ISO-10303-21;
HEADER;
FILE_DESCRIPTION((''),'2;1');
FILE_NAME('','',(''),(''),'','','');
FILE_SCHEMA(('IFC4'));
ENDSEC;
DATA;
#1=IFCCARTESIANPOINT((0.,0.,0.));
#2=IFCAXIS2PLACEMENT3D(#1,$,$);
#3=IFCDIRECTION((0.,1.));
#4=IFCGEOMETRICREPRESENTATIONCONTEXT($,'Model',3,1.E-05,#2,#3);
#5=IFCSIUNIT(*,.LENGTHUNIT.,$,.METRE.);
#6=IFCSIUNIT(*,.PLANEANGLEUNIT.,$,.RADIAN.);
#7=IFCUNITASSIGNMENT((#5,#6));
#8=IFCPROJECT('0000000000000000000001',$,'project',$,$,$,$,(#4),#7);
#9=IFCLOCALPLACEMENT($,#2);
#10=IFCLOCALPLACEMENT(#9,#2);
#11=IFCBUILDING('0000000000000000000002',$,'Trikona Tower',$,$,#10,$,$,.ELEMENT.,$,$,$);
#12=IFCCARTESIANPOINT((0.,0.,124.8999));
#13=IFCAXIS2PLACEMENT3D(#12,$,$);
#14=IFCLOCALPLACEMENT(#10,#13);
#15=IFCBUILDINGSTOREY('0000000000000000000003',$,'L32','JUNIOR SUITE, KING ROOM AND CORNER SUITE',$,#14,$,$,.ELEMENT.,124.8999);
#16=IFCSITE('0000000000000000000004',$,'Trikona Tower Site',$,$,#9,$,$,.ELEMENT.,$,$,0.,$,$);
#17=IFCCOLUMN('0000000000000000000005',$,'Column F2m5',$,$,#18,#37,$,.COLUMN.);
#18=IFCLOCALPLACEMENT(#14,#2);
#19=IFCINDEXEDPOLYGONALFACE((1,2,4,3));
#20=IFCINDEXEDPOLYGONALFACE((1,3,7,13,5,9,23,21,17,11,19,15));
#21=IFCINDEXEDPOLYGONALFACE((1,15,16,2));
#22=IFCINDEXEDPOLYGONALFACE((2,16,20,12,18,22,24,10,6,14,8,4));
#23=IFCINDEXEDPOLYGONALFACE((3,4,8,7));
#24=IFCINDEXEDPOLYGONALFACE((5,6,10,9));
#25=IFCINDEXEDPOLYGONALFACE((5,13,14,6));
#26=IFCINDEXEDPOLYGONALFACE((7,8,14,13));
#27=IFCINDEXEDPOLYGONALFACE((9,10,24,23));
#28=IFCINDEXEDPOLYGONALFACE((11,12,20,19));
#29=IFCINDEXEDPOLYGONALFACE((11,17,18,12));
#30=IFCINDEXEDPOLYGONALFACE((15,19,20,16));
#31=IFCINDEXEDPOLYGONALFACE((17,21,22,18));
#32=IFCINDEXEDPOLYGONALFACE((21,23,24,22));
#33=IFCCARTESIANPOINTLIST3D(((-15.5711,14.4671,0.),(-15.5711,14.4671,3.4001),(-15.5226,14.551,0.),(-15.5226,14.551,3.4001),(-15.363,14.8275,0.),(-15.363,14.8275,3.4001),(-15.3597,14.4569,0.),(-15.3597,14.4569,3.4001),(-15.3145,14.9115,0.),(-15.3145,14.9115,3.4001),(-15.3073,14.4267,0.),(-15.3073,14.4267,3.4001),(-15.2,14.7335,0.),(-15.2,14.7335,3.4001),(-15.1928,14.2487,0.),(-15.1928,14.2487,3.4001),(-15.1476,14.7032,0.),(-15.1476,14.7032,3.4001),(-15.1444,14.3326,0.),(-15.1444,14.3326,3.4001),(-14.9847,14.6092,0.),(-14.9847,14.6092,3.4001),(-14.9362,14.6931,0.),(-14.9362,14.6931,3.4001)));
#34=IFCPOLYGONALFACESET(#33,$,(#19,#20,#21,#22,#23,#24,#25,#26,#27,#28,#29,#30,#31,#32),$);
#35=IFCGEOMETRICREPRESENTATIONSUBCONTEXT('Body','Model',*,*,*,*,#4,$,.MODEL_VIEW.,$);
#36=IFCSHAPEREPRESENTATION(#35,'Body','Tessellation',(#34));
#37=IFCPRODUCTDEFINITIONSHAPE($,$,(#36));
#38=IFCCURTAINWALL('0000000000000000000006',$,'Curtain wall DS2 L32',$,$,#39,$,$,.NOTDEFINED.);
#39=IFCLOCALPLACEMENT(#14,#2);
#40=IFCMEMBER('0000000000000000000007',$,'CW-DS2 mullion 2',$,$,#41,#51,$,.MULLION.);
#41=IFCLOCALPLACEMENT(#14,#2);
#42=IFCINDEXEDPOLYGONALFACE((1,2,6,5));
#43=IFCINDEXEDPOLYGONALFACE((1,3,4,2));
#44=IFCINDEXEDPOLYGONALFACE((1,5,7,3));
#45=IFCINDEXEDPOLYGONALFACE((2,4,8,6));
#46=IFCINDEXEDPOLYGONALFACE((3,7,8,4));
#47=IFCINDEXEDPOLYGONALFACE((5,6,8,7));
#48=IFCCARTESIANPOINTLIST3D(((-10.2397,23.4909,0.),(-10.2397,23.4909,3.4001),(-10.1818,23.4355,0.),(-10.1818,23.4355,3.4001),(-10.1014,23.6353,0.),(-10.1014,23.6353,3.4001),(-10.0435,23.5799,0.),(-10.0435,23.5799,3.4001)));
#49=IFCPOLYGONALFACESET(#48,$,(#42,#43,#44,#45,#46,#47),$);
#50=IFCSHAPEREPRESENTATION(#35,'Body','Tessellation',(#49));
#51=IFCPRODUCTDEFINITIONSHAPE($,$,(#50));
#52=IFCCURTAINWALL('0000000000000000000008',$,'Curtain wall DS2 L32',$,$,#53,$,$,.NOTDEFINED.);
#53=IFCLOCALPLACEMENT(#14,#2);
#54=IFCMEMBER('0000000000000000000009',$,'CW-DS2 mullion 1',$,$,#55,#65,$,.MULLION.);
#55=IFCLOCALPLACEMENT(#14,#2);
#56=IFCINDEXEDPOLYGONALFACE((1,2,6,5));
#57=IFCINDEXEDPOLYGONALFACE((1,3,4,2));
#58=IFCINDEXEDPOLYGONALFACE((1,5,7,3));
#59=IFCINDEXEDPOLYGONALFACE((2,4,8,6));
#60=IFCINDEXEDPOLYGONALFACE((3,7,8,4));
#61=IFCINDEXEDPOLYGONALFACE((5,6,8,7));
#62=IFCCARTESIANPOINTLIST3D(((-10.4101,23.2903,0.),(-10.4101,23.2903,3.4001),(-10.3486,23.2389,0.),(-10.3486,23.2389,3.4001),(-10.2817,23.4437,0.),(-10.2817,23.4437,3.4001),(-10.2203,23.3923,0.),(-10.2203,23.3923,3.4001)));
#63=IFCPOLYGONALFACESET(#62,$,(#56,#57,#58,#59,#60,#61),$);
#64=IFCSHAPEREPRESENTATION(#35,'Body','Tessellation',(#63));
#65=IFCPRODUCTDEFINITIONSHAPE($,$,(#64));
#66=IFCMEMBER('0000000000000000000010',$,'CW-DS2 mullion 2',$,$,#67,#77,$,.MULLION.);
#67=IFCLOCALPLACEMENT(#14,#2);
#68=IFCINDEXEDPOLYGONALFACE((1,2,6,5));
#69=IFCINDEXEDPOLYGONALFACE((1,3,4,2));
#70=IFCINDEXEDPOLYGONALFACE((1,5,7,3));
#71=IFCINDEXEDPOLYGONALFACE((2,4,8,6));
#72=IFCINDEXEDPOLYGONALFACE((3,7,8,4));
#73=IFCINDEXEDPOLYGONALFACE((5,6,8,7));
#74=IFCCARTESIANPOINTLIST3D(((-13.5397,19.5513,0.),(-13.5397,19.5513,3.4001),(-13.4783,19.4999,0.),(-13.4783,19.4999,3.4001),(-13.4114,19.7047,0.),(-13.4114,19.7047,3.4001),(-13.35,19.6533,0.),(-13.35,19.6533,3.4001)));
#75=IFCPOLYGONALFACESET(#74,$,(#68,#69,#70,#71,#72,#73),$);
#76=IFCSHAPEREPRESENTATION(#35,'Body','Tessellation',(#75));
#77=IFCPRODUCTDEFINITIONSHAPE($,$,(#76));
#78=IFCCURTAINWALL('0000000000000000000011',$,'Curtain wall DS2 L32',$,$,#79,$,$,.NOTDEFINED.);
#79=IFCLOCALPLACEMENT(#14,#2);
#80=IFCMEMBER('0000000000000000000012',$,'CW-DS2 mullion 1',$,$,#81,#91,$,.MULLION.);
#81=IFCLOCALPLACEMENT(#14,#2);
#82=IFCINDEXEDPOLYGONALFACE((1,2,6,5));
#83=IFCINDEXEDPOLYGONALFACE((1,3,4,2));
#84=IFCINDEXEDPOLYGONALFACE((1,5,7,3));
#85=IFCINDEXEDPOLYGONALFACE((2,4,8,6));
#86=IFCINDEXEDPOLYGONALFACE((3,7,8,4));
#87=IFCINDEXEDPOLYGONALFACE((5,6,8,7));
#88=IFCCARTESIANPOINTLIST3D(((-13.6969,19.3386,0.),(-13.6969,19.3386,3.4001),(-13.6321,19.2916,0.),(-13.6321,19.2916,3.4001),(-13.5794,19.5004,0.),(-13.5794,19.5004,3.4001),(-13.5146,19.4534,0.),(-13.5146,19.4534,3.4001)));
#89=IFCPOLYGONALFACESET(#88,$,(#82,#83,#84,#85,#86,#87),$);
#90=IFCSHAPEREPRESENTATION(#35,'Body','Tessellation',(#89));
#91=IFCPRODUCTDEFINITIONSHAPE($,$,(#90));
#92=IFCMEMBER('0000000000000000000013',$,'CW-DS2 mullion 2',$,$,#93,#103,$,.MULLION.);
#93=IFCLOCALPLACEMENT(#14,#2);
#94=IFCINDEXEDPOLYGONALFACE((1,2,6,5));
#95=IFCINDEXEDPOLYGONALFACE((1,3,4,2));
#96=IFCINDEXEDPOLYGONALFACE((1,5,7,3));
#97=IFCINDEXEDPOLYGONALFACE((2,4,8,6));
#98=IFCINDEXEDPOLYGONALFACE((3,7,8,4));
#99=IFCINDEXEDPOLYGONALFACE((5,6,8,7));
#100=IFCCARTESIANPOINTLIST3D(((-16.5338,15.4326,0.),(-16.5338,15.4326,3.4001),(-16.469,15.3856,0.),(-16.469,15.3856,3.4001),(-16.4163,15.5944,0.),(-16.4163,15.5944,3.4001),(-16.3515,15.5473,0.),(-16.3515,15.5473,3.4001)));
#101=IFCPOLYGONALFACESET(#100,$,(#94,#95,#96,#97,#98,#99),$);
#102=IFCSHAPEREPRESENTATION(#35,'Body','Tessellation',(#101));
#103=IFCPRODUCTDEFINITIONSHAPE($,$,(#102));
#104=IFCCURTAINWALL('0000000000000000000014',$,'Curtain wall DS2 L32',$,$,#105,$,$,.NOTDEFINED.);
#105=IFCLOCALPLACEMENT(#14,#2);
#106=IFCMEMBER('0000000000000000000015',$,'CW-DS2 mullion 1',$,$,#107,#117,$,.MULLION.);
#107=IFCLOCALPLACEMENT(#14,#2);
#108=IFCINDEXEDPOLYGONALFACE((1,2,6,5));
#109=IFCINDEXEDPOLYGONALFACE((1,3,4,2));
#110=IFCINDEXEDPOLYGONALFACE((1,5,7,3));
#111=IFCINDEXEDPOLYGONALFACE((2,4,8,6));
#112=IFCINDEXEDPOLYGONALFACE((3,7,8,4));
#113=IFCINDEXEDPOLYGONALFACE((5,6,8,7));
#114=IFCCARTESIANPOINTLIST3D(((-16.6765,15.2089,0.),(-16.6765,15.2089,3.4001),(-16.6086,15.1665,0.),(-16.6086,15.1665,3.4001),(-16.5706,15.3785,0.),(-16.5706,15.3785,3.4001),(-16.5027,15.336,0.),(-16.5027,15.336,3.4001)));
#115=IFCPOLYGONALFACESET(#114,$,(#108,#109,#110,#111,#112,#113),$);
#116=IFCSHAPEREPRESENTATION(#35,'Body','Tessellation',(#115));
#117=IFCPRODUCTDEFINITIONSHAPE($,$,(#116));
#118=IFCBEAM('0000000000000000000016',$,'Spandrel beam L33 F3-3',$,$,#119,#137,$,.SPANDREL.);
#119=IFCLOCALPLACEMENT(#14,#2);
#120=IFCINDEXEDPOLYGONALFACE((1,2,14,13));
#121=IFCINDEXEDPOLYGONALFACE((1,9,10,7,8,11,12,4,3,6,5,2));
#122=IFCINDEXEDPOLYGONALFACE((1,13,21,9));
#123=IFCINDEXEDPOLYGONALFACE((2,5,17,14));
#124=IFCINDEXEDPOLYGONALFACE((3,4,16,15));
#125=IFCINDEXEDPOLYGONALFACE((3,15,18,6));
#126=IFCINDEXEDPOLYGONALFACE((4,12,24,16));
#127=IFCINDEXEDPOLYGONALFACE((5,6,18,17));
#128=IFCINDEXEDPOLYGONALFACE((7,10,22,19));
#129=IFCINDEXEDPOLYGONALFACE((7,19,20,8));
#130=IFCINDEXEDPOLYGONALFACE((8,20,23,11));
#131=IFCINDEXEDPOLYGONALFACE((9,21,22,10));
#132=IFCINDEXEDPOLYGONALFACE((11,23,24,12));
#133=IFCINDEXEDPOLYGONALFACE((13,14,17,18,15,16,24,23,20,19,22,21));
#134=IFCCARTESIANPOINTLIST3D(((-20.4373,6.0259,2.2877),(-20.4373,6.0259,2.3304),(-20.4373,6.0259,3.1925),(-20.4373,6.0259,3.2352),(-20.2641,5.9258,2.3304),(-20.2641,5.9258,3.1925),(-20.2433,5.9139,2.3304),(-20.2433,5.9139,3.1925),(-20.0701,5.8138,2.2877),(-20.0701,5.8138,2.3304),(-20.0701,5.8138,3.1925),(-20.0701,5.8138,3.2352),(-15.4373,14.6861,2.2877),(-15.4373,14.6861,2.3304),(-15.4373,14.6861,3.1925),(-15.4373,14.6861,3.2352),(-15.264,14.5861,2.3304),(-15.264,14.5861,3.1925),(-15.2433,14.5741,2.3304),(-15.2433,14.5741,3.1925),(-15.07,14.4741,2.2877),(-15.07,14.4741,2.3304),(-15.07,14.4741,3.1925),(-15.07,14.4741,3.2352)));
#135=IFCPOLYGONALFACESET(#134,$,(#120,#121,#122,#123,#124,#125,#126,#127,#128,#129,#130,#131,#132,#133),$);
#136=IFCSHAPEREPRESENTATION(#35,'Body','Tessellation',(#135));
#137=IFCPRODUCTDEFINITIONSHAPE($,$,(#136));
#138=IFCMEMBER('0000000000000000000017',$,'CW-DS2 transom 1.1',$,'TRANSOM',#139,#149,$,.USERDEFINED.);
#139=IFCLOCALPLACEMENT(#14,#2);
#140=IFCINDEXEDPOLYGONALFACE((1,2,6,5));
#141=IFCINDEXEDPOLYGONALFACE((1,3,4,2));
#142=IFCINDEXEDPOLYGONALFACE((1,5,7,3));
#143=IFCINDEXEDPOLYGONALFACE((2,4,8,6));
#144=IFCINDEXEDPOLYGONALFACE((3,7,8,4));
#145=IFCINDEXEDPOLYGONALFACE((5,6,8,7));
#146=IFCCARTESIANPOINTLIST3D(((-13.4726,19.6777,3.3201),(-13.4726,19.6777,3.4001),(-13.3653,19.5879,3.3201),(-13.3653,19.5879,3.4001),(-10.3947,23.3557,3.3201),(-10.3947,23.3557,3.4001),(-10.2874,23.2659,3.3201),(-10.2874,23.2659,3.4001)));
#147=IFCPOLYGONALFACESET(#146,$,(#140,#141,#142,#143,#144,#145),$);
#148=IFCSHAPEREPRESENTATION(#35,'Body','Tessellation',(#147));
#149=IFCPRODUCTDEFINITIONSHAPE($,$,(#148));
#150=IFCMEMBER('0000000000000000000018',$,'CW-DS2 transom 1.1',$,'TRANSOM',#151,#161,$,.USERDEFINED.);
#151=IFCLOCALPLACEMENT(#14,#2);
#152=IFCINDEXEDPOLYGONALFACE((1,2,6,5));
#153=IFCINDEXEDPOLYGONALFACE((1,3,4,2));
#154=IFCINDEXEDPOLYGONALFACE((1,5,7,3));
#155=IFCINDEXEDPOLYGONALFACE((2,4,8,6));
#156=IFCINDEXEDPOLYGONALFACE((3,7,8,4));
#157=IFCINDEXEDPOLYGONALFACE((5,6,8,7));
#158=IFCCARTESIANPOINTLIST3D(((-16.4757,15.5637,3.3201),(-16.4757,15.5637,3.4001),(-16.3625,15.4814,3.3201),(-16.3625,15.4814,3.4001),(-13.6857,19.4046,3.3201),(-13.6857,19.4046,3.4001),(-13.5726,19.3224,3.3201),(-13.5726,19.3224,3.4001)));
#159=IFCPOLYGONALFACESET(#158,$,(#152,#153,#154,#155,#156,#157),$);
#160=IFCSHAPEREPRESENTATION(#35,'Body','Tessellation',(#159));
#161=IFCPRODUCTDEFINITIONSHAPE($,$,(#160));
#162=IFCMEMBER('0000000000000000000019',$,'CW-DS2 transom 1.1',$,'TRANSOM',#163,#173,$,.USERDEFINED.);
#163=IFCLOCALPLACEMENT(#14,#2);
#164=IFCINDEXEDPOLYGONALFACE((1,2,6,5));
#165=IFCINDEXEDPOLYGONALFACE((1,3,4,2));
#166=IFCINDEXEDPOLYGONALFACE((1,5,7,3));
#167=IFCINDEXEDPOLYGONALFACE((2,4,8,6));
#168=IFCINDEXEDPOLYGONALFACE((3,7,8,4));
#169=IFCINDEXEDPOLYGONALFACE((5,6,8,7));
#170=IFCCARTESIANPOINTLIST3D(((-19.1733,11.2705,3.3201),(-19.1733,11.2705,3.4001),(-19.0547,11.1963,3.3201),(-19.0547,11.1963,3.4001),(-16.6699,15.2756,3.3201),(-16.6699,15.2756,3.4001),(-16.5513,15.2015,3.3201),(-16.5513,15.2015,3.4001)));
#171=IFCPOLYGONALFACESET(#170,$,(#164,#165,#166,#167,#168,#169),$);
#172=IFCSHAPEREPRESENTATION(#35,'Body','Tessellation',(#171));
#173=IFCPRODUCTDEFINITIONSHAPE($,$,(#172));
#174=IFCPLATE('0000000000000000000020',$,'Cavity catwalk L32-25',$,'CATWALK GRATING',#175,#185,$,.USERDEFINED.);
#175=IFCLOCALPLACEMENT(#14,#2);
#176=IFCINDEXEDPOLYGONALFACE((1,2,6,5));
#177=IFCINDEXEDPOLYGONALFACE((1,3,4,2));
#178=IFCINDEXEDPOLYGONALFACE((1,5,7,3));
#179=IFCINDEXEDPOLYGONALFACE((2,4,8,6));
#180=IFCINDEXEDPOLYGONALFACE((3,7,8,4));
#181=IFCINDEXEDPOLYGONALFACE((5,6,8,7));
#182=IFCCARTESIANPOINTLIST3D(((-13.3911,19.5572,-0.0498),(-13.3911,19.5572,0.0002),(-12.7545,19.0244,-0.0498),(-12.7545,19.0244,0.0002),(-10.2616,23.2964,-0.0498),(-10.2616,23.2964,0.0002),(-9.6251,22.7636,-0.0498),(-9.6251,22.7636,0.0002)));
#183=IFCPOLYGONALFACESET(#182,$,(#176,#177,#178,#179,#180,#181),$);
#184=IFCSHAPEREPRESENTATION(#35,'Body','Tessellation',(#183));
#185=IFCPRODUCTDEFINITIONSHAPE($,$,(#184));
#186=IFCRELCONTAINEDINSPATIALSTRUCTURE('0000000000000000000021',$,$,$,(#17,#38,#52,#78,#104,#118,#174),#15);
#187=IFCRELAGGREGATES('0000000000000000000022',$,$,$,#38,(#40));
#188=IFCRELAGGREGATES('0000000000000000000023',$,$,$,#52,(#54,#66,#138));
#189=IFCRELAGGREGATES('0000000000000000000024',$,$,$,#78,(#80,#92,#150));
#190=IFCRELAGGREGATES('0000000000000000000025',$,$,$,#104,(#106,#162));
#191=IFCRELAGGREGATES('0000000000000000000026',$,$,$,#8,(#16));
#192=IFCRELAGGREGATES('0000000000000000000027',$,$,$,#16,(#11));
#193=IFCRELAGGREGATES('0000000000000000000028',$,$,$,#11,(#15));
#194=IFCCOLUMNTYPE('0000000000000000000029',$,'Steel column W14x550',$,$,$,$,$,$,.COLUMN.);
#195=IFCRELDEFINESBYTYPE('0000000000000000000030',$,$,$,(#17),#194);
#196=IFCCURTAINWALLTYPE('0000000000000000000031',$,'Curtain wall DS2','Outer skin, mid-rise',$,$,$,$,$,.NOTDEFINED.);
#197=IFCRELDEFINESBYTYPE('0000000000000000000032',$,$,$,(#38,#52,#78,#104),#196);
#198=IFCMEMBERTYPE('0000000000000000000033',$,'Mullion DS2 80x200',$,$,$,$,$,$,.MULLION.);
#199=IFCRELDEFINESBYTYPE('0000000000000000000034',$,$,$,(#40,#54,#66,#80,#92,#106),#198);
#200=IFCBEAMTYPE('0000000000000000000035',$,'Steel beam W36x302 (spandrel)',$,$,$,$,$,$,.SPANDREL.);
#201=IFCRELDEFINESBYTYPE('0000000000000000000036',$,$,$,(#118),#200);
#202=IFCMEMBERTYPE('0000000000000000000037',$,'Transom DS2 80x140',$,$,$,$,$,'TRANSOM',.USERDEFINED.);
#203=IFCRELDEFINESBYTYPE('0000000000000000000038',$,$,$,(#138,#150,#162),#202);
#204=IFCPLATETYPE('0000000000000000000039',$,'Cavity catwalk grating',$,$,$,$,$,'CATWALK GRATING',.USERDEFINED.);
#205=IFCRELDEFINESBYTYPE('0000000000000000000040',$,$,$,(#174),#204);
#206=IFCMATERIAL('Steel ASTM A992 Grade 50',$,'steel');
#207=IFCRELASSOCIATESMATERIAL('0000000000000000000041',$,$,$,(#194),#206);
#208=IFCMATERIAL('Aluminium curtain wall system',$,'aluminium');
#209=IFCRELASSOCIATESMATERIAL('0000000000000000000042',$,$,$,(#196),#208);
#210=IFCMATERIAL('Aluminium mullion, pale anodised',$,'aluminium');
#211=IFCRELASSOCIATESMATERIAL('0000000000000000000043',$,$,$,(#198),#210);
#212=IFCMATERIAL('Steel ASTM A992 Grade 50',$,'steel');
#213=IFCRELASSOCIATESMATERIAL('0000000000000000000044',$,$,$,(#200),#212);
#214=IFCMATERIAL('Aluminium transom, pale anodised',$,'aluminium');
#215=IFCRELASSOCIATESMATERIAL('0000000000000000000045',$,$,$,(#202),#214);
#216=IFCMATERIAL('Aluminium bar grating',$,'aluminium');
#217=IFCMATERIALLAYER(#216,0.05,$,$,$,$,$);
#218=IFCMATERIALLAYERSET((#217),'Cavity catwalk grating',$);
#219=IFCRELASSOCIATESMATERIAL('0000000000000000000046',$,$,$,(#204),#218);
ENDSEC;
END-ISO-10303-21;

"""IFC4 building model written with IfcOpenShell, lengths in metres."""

from ifc_helpers import new_model, si_unit, direction, frame, origin, origin_2d, place, context, subcontext, project, spatial, rectangle, i_section, extrude, material, layer, layer_set, material_profile, profile_set, type_object, element, aggregate, save


model = new_model("IFC4")

# Units and contexts
model_context = context("Model", 3, precision=1e-05, world=origin(), true_north=direction((0.0, 1.0)))
body_context = subcontext(model_context, "Body", "Model", "MODEL_VIEW")
ifc_project = project(units=[si_unit("LENGTHUNIT", "METRE"), si_unit("PLANEANGLEUNIT", "RADIAN")], contexts=[model_context])

# Site, building, storey
site_placement = place(None, origin())
site = spatial("IfcSite", under=ifc_project, at=site_placement, Name="Trikona Tower Site", CompositionType="ELEMENT", RefElevation=0.0)
building_placement = place(site_placement, origin())
building = spatial("IfcBuilding", under=site, at=building_placement, Name="Trikona Tower", CompositionType="ELEMENT")
storey_placement = place(building_placement, frame((0.0, 0.0, 124.8999)))
storey = spatial("IfcBuildingStorey", under=building, at=storey_placement, Name="L32", Description="JUNIOR SUITE, KING ROOM AND CORNER SUITE", CompositionType="ELEMENT", Elevation=124.8999)

# Column
ifc_material_1 = material(Name="Steel ASTM A992 Grade 50", Category="steel")
ifc_material_profile_1 = material_profile(ifc_material_1, i_section(OverallWidth=0.4368, OverallDepth=0.5132, WebThickness=0.0605, FlangeThickness=0.0969, at=origin_2d()), Name="W14X550")
ifc_profile_set_1 = profile_set([ifc_material_profile_1], Name="Steel ASTM A992 Grade 50")
column_type = type_object("IfcColumnType", Name="Steel column W14x550", PredefinedType="COLUMN", material=ifc_profile_set_1)
column_placement = place(storey_placement, frame((-15.2537, 14.5801, 0.0), z_axis=(0.0, 0.0, 1.0), x_axis=(-0.866025, 0.5, 0.0)))
element("IfcColumn", 1, at=column_placement, inside=storey, type_object=column_type, Name="Column F2m5", PredefinedType="COLUMN", context=body_context, shape_type="SweptSolid", body=[
    extrude(i_section(OverallWidth=0.4368, OverallDepth=0.5132, WebThickness=0.0605, FlangeThickness=0.0969, at=origin_2d()), origin(), (0.0, 0.0, 1.0), 3.4001),
])

# Curtain wall, member
ifc_material_2 = material(Name="Aluminium curtain wall system", Category="aluminium")
curtain_wall_type = type_object("IfcCurtainWallType", Name="Curtain wall DS2", Description="Outer skin, mid-rise", PredefinedType="NOTDEFINED", material=ifc_material_2)
curtain_wall_1_placement = place(storey_placement, origin())
curtain_wall_1 = element("IfcCurtainWall", 2, at=curtain_wall_1_placement, inside=storey, type_object=curtain_wall_type, Name="Curtain wall DS2 L32", PredefinedType="NOTDEFINED")
ifc_material_3 = material(Name="Aluminium mullion, pale anodised", Category="aluminium")
ifc_material_profile_2 = material_profile(ifc_material_3, rectangle(XDim=0.0801, YDim=0.2, at=origin_2d()), Name="MUL-DS2")
ifc_profile_set_2 = profile_set([ifc_material_profile_2], Name="Aluminium mullion, pale anodised")
member_type_1 = type_object("IfcMemberType", Name="Mullion DS2 80x200", PredefinedType="MULLION", material=ifc_profile_set_2)
member_1_placement = place(storey_placement, frame((-10.1416, 23.5354, 0.0), z_axis=(0.0, 0.0, 1.0), x_axis=(0.722158, -0.691728, 0.0)))
member_1 = element("IfcMember", 3, at=member_1_placement, type_object=member_type_1, Name="CW-DS2 mullion 2", PredefinedType="MULLION", context=body_context, shape_type="SweptSolid", body=[
    extrude(rectangle(XDim=0.0801, YDim=0.2, at=origin_2d()), origin(), (0.0, 0.0, 1.0), 3.4001),
])
aggregate(curtain_wall_1, [member_1])

# Curtain walls, members
curtain_wall_2_placement = place(storey_placement, origin())
curtain_wall_2 = element("IfcCurtainWall", 4, at=curtain_wall_2_placement, inside=storey, type_object=curtain_wall_type, Name="Curtain wall DS2 L32", PredefinedType="NOTDEFINED")
member_2_placement = place(storey_placement, frame((-10.3152, 23.3413, 0.0), z_axis=(0.0, 0.0, 1.0), x_axis=(0.766867, -0.641806, 0.0)))
member_2 = element("IfcMember", 5, at=member_2_placement, type_object=member_type_1, Name="CW-DS2 mullion 1", PredefinedType="MULLION", context=body_context, shape_type="SweptSolid", body=[
    extrude(rectangle(XDim=0.0801, YDim=0.2, at=origin_2d()), origin(), (0.0, 0.0, 1.0), 3.4001),
])
member_3_placement = place(storey_placement, frame((-13.4448, 19.6023, 0.0), z_axis=(0.0, 0.0, 1.0), x_axis=(0.766867, -0.641806, 0.0)))
member_3 = element("IfcMember", 6, at=member_3_placement, type_object=member_type_1, Name="CW-DS2 mullion 2", PredefinedType="MULLION", context=body_context, shape_type="SweptSolid", body=[
    extrude(rectangle(XDim=0.0801, YDim=0.2, at=origin_2d()), origin(), (0.0, 0.0, 1.0), 3.4001),
])
curtain_wall_3_placement = place(storey_placement, origin())
curtain_wall_3 = element("IfcCurtainWall", 7, at=curtain_wall_3_placement, inside=storey, type_object=curtain_wall_type, Name="Curtain wall DS2 L32", PredefinedType="NOTDEFINED")
member_4_placement = place(storey_placement, frame((-13.6057, 19.396, 0.0), z_axis=(0.0, 0.0, 1.0), x_axis=(0.809086, -0.587691, 0.0)))
member_4 = element("IfcMember", 8, at=member_4_placement, type_object=member_type_1, Name="CW-DS2 mullion 1", PredefinedType="MULLION", context=body_context, shape_type="SweptSolid", body=[
    extrude(rectangle(XDim=0.0801, YDim=0.2, at=origin_2d()), origin(), (0.0, 0.0, 1.0), 3.4001),
])
member_5_placement = place(storey_placement, frame((-16.4426, 15.49, 0.0), z_axis=(0.0, 0.0, 1.0), x_axis=(0.809086, -0.587691, 0.0)))
member_5 = element("IfcMember", 9, at=member_5_placement, type_object=member_type_1, Name="CW-DS2 mullion 2", PredefinedType="MULLION", context=body_context, shape_type="SweptSolid", body=[
    extrude(rectangle(XDim=0.0801, YDim=0.2, at=origin_2d()), origin(), (0.0, 0.0, 1.0), 3.4001),
])

# Curtain wall, member
curtain_wall_4_placement = place(storey_placement, origin())
curtain_wall_4 = element("IfcCurtainWall", 10, at=curtain_wall_4_placement, inside=storey, type_object=curtain_wall_type, Name="Curtain wall DS2 L32", PredefinedType="NOTDEFINED")
member_6_placement = place(storey_placement, frame((-16.5896, 15.2725, 0.0), z_axis=(0.0, 0.0, 1.0), x_axis=(0.847998, -0.529999, 0.0)))
member_6 = element("IfcMember", 11, at=member_6_placement, type_object=member_type_1, Name="CW-DS2 mullion 1", PredefinedType="MULLION", context=body_context, shape_type="SweptSolid", body=[
    extrude(rectangle(XDim=0.0801, YDim=0.2, at=origin_2d()), origin(), (0.0, 0.0, 1.0), 3.4001),
])

# Beam
ifc_material_4 = material(Name="Steel ASTM A992 Grade 50", Category="steel")
ifc_material_profile_3 = material_profile(ifc_material_4, i_section(OverallWidth=0.4241, OverallDepth=0.9475, WebThickness=0.0239, FlangeThickness=0.0427, at=origin_2d()), Name="W36X302")
ifc_profile_set_3 = profile_set([ifc_material_profile_3], Name="Steel ASTM A992 Grade 50")
beam_type = type_object("IfcBeamType", Name="Steel beam W36x302 (spandrel)", PredefinedType="SPANDREL", material=ifc_profile_set_3)
beam_placement = place(storey_placement, frame((-15.2537, 14.5801, 2.7615), z_axis=(-0.500004, -0.866023, 0.0), x_axis=(0.866023, -0.500004, 0.0)))
element("IfcBeam", 12, at=beam_placement, inside=storey, type_object=beam_type, Name="Spandrel beam L33 F3-3", PredefinedType="SPANDREL", context=body_context, shape_type="SweptSolid", body=[
    extrude(i_section(OverallWidth=0.4241, OverallDepth=0.9475, WebThickness=0.0239, FlangeThickness=0.0427, at=origin_2d()), origin(), (0.0, 0.0, 1.0), 10.0),
])

# Members
ifc_material_5 = material(Name="Aluminium transom, pale anodised", Category="aluminium")
ifc_material_profile_4 = material_profile(ifc_material_5, rectangle(XDim=0.1399, YDim=0.0801, at=origin_2d()), Name="TRN-DS2")
ifc_profile_set_4 = profile_set([ifc_material_profile_4], Name="Aluminium transom, pale anodised")
member_type_2 = type_object("IfcMemberType", Name="Transom DS2 80x140", ElementType="TRANSOM", PredefinedType="USERDEFINED", material=ifc_profile_set_4)
member_7_placement = place(storey_placement, frame((-10.3411, 23.3108, 3.3601), z_axis=(-0.64177, -0.766897, 0.0), x_axis=(0.766897, -0.64177, 0.0)))
member_7 = element("IfcMember", 13, at=member_7_placement, type_object=member_type_2, Name="CW-DS2 transom 1.1", ObjectType="TRANSOM", PredefinedType="USERDEFINED", context=body_context, shape_type="SweptSolid", body=[
    extrude(rectangle(XDim=0.1399, YDim=0.0801, at=origin_2d()), origin(), (0.0, 0.0, 1.0), 4.7959),
])
member_8_placement = place(storey_placement, frame((-13.6292, 19.3635, 3.3601), z_axis=(-0.587695, -0.809083, 0.0), x_axis=(0.809083, -0.587695, 0.0)))
member_8 = element("IfcMember", 14, at=member_8_placement, type_object=member_type_2, Name="CW-DS2 transom 1.1", ObjectType="TRANSOM", PredefinedType="USERDEFINED", context=body_context, shape_type="SweptSolid", body=[
    extrude(rectangle(XDim=0.1399, YDim=0.0801, at=origin_2d()), origin(), (0.0, 0.0, 1.0), 4.7473),
])
member_9_placement = place(storey_placement, frame((-16.6106, 15.2385, 3.3601), z_axis=(-0.530031, -0.847978, 0.0), x_axis=(0.847978, -0.530031, 0.0)))
member_9 = element("IfcMember", 15, at=member_9_placement, type_object=member_type_2, Name="CW-DS2 transom 1.1", ObjectType="TRANSOM", PredefinedType="USERDEFINED", context=body_context, shape_type="SweptSolid", body=[
    extrude(rectangle(XDim=0.1399, YDim=0.0801, at=origin_2d()), origin(), (0.0, 0.0, 1.0), 4.7231),
])

# Plate
ifc_material_6 = material(Name="Aluminium bar grating", Category="aluminium")
ifc_layer_1 = layer(ifc_material_6, 0.05)
ifc_layer_set_1 = layer_set([ifc_layer_1], Name="Cavity catwalk grating")
plate_type_1 = type_object("IfcPlateType", Name="Cavity catwalk grating", ElementType="CATWALK GRATING", PredefinedType="USERDEFINED", material=ifc_layer_set_1)
plate_1_placement = place(storey_placement, frame((-11.5081, 21.1604, -0.0498), z_axis=(0.0, 0.0, 1.0), x_axis=(-0.641807, -0.766866, 0.0)))
element("IfcPlate", 16, at=plate_1_placement, inside=storey, type_object=plate_type_1, Name="Cavity catwalk L32-25", ObjectType="CATWALK GRATING", PredefinedType="USERDEFINED", context=body_context, shape_type="SweptSolid", body=[
    extrude(rectangle(XDim=4.876, YDim=0.8301, at=origin_2d()), origin(), (0.0, 0.0, 1.0), 0.05),
])

aggregate(curtain_wall_2, [member_2, member_3, member_7])
aggregate(curtain_wall_3, [member_4, member_5, member_8])
aggregate(curtain_wall_4, [member_6, member_9])

save(model, "model.ifc")
